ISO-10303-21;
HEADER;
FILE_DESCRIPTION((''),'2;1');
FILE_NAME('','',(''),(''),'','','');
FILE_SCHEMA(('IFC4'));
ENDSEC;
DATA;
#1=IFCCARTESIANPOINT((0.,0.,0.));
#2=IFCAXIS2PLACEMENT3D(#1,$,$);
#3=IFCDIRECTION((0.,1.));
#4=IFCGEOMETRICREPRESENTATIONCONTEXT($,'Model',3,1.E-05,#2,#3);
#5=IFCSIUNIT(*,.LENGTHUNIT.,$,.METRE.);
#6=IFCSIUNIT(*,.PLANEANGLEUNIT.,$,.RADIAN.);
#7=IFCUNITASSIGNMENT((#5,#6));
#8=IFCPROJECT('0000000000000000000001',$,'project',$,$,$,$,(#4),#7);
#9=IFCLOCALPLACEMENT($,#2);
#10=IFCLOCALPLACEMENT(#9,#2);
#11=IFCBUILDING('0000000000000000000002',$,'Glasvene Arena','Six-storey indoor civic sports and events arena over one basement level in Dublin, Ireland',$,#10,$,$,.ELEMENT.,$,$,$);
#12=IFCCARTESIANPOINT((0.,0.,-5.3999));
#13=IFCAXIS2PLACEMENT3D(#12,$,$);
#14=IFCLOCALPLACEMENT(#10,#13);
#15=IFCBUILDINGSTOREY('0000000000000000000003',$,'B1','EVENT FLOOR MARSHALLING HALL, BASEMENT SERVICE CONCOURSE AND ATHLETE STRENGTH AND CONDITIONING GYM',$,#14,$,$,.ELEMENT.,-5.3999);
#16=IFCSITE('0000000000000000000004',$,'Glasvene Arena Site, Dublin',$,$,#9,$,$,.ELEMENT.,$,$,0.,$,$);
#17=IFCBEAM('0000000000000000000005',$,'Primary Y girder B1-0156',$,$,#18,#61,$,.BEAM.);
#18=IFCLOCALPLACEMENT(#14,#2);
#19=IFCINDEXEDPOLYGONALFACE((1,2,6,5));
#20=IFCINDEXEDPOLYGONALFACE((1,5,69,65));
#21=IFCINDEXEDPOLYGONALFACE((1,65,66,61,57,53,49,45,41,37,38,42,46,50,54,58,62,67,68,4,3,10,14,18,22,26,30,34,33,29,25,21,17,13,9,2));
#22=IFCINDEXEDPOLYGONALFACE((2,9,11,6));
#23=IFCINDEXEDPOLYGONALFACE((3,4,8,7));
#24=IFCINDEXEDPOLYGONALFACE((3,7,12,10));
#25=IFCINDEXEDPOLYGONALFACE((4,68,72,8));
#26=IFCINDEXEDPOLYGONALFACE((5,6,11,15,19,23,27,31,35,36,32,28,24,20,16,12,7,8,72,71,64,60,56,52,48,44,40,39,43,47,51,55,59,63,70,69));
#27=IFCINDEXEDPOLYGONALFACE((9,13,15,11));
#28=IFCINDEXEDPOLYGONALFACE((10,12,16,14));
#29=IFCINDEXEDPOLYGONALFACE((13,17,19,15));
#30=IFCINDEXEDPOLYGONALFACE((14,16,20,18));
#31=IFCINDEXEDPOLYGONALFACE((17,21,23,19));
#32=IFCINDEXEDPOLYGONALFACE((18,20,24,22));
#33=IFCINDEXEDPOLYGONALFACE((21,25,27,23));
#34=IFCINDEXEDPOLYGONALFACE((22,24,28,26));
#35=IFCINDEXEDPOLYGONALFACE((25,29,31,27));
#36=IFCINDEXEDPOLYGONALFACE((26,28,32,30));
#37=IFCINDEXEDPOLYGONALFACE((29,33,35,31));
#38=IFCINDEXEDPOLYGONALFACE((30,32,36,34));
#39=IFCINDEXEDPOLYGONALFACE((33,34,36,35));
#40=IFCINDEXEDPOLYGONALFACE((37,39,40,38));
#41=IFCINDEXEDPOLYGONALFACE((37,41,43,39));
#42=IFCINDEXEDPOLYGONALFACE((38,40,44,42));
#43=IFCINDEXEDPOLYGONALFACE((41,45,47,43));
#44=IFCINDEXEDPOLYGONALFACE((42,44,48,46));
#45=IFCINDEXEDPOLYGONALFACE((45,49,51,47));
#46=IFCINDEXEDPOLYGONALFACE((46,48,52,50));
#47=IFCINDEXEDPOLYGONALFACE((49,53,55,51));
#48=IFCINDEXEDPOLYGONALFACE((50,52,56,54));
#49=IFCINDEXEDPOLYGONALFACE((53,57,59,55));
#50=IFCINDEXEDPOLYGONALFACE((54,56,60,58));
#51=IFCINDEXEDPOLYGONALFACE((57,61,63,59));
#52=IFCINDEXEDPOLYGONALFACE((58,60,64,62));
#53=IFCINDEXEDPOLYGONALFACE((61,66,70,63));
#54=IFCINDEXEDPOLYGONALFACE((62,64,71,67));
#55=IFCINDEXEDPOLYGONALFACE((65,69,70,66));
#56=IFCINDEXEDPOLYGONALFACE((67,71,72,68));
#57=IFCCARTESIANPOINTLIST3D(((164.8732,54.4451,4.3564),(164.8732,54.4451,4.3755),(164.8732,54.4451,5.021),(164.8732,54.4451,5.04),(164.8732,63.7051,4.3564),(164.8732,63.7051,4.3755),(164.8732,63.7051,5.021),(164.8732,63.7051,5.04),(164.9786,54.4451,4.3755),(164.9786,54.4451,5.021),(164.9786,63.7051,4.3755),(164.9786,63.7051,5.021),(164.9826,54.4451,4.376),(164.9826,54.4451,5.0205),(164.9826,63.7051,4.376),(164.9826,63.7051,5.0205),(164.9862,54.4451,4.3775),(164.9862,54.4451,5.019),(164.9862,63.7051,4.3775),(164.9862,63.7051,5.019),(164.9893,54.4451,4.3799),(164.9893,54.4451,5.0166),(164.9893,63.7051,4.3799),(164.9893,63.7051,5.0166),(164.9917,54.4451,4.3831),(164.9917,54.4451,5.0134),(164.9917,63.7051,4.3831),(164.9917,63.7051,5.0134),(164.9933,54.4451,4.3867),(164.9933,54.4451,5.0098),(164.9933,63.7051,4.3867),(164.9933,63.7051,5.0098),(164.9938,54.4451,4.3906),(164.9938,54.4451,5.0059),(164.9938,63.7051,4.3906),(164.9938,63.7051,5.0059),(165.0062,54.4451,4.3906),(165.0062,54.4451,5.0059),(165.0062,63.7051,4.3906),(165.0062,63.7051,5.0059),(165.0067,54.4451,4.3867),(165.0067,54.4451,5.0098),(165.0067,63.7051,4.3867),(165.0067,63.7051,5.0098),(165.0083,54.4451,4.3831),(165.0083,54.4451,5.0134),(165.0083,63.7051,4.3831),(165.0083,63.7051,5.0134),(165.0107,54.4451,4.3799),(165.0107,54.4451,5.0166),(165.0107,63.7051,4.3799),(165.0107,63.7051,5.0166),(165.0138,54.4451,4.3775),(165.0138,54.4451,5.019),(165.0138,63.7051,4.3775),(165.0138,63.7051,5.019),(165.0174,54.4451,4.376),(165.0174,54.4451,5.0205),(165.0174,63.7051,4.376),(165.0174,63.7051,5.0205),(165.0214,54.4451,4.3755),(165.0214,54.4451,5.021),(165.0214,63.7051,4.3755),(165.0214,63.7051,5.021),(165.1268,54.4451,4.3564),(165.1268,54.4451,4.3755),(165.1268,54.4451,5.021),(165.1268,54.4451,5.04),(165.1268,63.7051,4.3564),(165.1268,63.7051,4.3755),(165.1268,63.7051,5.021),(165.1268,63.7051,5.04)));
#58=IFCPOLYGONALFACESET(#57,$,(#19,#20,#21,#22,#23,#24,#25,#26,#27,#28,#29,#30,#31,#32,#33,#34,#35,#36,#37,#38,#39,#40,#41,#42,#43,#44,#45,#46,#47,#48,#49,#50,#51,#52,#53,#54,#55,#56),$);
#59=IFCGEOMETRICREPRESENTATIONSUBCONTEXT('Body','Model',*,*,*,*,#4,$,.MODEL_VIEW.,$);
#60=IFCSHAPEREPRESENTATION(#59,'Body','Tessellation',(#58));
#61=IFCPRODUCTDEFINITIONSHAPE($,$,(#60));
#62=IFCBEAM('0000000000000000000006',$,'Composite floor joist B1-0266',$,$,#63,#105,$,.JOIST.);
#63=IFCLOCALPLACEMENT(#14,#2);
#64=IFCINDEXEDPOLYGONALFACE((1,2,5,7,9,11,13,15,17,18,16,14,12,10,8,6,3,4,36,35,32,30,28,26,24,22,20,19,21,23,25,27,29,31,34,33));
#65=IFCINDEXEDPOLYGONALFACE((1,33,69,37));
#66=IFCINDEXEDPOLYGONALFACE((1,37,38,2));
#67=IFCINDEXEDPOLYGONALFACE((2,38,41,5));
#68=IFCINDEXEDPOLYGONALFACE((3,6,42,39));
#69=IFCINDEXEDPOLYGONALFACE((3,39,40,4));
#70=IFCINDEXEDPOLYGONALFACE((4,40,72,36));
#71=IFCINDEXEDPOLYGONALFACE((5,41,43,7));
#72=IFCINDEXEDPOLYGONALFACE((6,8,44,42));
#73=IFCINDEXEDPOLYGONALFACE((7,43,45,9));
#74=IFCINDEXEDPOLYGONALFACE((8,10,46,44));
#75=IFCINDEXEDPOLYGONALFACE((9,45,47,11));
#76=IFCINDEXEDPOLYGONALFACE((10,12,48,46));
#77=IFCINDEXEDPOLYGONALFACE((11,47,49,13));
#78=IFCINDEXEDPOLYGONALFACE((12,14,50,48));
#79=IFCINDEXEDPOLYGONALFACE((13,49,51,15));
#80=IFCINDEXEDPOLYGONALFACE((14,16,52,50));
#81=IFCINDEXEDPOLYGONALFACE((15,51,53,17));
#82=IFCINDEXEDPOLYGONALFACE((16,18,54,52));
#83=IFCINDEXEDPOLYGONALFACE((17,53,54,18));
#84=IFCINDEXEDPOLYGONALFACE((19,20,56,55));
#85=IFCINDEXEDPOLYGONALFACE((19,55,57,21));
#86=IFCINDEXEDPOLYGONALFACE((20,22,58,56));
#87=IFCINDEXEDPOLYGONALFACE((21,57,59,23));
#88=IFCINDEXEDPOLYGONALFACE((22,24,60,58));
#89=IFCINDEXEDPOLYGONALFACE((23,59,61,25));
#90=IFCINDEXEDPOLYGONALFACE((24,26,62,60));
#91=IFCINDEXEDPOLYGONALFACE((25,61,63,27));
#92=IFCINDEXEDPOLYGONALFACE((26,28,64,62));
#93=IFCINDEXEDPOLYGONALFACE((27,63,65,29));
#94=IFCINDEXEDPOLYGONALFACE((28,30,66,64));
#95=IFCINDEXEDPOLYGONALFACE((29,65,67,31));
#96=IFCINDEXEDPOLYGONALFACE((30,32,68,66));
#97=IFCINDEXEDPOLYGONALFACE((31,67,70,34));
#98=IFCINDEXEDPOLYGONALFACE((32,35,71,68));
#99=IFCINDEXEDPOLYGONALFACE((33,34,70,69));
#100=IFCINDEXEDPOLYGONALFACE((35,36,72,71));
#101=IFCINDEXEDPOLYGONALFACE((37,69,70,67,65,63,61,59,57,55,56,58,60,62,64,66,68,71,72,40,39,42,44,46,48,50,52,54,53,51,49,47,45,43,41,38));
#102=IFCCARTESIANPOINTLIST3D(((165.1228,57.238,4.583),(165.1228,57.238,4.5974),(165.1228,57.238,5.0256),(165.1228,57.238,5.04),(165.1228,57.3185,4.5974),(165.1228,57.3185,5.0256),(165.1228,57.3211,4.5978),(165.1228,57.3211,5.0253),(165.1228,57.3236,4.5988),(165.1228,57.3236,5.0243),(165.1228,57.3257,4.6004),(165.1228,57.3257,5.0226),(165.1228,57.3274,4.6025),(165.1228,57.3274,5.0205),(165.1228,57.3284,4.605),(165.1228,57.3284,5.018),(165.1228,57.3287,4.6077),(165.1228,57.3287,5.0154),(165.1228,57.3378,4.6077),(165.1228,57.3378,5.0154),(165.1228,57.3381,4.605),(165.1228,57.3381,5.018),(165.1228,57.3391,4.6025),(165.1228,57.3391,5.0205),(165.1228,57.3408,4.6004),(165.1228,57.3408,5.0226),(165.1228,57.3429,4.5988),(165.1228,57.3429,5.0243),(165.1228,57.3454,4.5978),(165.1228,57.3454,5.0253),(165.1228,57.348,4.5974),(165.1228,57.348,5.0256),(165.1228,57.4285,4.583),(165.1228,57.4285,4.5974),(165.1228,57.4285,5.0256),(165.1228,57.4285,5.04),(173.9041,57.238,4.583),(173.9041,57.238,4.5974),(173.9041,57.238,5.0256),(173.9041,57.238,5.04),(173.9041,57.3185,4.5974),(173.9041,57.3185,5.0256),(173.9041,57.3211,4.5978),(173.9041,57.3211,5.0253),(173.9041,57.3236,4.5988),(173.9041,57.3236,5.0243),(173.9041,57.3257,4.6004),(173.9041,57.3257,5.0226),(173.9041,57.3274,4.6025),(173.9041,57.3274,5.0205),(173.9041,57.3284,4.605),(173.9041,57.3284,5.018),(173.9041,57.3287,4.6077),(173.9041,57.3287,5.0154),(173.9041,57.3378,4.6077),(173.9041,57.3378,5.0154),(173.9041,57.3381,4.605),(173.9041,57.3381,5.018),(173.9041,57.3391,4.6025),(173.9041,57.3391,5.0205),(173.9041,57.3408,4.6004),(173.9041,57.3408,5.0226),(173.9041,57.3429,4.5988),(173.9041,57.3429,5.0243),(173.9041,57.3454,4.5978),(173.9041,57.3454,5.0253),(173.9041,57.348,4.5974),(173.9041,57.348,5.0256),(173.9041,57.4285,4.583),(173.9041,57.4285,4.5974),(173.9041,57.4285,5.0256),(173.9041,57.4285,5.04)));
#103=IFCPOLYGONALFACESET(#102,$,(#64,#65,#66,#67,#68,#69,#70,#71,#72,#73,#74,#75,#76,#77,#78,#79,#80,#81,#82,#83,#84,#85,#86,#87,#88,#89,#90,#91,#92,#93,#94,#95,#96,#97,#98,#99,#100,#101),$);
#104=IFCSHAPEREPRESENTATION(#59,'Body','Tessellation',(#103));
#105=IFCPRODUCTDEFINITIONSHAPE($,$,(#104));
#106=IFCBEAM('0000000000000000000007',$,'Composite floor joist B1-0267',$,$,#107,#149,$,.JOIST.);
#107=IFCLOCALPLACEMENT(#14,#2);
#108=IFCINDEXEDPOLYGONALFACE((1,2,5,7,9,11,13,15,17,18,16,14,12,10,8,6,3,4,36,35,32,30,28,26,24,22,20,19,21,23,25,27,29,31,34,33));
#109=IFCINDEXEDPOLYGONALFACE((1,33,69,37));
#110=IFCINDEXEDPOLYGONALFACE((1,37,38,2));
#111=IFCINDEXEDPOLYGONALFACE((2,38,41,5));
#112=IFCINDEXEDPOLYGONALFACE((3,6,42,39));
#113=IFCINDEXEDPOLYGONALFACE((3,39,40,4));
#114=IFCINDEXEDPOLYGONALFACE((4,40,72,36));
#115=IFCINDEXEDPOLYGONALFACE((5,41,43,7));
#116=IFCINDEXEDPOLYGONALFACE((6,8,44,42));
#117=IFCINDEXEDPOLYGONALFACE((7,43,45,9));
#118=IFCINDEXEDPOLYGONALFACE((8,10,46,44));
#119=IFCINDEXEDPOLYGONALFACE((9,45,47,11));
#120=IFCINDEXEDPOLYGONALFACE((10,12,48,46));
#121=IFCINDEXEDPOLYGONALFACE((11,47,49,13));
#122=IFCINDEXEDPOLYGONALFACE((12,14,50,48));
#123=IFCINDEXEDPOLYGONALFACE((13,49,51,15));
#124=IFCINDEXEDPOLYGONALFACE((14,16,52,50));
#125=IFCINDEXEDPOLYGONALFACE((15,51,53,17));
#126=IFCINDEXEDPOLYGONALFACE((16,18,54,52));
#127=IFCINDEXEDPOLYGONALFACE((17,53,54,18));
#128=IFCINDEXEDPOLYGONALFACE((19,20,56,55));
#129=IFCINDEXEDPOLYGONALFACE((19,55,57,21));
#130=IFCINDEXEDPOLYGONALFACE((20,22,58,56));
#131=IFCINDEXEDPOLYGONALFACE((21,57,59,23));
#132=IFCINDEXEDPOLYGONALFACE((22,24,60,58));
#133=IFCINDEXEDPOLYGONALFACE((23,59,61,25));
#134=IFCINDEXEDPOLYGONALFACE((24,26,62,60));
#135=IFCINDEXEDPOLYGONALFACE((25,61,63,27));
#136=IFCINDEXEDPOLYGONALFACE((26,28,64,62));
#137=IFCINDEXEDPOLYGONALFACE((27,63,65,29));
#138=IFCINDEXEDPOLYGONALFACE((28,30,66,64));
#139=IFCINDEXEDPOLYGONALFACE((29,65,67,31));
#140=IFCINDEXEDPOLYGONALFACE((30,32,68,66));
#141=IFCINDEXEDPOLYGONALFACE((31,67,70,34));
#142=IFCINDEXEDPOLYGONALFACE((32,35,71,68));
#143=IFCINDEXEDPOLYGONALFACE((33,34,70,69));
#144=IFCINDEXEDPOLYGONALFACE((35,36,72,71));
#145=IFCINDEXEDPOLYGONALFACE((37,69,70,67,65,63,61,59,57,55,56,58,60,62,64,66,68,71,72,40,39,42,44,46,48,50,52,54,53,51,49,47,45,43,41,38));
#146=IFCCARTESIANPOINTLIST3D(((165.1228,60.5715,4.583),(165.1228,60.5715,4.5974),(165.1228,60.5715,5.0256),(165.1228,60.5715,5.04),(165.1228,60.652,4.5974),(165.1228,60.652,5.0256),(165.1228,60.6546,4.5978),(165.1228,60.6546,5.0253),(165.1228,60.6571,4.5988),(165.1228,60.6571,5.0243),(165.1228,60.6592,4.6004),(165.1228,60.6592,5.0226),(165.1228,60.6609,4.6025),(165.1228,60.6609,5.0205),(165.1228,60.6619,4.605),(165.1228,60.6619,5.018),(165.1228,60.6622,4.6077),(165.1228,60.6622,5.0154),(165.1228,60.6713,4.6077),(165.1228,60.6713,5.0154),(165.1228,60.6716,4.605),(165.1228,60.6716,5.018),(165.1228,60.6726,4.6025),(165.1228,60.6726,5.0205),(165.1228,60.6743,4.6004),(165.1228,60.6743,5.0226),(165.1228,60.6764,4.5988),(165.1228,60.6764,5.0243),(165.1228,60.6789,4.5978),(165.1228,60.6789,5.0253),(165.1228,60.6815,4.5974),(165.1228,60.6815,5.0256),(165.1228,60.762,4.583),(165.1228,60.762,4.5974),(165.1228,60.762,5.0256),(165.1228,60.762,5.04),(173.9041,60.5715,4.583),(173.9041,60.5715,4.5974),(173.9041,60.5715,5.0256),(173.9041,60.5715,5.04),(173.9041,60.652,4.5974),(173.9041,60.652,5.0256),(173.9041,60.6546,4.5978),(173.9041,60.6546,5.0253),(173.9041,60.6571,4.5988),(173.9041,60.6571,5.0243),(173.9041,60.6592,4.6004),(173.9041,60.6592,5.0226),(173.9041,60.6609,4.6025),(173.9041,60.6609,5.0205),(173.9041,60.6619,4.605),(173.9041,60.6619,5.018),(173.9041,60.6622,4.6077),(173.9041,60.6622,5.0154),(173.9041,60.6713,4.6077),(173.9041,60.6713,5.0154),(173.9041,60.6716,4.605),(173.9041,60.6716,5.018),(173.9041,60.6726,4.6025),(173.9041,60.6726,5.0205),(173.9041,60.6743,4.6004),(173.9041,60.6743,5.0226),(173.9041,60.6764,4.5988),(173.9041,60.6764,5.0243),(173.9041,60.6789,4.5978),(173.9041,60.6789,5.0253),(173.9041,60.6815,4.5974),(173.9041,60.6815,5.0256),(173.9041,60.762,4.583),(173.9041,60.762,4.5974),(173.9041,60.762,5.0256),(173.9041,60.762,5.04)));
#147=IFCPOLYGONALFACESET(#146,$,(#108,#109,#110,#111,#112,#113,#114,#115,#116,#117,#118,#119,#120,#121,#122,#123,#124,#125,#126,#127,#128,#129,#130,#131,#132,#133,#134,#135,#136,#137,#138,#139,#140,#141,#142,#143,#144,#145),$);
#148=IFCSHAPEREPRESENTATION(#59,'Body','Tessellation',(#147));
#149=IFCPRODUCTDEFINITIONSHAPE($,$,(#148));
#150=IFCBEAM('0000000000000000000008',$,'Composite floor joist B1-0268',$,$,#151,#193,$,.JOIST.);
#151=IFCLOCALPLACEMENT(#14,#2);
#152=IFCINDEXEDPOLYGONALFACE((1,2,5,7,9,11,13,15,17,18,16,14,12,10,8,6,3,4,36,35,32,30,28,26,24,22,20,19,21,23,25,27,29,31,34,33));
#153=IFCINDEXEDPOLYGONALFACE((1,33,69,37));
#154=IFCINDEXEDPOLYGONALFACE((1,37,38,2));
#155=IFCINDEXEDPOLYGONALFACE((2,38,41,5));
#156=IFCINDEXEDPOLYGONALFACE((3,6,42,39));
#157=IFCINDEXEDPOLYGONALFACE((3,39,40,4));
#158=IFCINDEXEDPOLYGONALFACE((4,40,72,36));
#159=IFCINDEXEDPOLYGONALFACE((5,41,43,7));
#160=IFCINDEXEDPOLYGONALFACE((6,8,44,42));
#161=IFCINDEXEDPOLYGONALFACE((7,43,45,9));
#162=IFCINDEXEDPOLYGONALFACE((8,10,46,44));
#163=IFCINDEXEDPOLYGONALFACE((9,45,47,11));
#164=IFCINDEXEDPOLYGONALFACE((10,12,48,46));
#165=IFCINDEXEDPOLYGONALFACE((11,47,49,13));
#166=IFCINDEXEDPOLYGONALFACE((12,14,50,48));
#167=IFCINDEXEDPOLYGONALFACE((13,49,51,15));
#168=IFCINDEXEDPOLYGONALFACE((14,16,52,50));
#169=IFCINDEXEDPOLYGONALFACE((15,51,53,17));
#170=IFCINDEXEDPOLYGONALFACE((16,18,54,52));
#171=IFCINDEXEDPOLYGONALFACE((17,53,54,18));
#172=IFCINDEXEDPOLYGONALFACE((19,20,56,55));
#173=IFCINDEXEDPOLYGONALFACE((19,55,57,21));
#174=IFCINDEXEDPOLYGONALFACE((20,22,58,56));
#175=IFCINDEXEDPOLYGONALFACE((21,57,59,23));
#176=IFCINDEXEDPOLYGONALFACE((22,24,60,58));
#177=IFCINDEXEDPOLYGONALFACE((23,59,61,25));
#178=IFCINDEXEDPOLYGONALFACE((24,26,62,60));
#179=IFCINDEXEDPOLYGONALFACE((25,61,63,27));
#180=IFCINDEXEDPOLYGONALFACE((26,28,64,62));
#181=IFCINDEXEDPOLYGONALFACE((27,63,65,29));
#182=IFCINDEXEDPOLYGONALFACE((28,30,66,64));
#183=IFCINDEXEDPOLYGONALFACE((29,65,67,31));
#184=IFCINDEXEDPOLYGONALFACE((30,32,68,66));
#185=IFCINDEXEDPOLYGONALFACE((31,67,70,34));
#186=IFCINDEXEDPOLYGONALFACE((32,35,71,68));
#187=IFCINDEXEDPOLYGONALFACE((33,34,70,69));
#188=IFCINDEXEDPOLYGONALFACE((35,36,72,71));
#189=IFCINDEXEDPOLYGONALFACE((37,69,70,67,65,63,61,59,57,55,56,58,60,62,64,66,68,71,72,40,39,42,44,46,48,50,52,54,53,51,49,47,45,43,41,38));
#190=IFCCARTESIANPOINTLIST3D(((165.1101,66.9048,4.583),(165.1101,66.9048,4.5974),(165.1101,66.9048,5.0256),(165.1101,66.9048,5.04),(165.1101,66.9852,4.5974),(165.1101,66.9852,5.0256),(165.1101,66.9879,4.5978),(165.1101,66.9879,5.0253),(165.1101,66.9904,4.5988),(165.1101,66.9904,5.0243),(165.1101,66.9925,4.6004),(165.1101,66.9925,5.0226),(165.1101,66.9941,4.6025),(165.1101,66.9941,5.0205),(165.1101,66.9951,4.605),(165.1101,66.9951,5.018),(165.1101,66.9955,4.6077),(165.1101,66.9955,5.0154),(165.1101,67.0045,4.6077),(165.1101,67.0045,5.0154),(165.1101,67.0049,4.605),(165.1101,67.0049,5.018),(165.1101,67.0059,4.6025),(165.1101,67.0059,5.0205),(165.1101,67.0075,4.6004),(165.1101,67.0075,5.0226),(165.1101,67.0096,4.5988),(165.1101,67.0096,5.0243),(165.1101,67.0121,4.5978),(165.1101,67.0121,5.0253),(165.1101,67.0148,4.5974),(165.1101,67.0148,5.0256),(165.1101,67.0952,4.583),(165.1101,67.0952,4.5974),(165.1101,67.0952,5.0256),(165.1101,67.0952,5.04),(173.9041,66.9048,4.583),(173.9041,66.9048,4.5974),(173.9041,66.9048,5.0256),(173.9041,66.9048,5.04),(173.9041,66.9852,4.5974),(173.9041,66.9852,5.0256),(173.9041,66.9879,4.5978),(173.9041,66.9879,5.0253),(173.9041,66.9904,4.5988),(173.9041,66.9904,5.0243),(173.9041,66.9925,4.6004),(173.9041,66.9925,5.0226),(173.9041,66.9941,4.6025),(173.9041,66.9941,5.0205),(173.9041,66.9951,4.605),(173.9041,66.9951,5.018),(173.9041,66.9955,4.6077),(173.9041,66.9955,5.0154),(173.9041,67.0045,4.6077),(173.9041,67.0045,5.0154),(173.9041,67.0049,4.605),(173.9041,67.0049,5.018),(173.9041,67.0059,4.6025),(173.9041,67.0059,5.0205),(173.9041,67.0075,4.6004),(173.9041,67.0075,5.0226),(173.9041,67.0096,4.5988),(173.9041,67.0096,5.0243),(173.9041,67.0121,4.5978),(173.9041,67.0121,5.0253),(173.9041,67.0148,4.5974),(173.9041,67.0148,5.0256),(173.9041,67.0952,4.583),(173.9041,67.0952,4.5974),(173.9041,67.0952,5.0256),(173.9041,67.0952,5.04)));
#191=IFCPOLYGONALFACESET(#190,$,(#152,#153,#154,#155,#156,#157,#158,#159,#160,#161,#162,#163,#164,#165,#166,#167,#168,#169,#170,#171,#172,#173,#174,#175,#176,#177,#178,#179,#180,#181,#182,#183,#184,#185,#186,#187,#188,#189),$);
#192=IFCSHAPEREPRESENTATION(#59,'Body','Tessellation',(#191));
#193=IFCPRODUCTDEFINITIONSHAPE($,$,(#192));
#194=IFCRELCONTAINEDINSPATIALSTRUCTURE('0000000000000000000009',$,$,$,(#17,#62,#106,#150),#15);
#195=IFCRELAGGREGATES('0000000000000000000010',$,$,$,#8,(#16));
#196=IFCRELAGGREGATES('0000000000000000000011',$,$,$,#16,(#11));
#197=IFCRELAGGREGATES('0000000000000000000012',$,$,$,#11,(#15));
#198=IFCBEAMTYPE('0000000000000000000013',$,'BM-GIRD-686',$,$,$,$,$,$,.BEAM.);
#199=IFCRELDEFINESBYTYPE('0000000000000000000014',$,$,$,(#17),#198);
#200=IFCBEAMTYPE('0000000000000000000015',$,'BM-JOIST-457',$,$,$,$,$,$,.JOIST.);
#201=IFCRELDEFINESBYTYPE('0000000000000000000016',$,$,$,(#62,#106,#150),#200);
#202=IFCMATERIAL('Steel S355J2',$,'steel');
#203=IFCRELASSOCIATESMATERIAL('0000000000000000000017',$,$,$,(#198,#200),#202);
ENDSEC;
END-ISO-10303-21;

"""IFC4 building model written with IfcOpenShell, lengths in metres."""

from ifc_helpers import new_model, si_unit, direction, frame, origin, origin_2d, place, context, subcontext, project, spatial, i_section, extrude, material, material_profile, profile_set, type_object, element, save


model = new_model("IFC4")

# Units and contexts
model_context = context("Model", 3, precision=1e-05, world=origin(), true_north=direction((0.0, 1.0)))
body_context = subcontext(model_context, "Body", "Model", "MODEL_VIEW")
ifc_project = project(units=[si_unit("LENGTHUNIT", "METRE"), si_unit("PLANEANGLEUNIT", "RADIAN")], contexts=[model_context])

# Site, building, storey
site_placement = place(None, origin())
site = spatial("IfcSite", under=ifc_project, at=site_placement, Name="Glasvene Arena Site, Dublin", CompositionType="ELEMENT", RefElevation=0.0)
building_placement = place(site_placement, origin())
building = spatial("IfcBuilding", under=site, at=building_placement, Name="Glasvene Arena", Description="Six-storey indoor civic sports and events arena over one basement level in Dublin, Ireland", CompositionType="ELEMENT")
storey_placement = place(building_placement, frame((0.0, 0.0, -5.3999)))
storey = spatial("IfcBuildingStorey", under=building, at=storey_placement, Name="B1", Description="EVENT FLOOR MARSHALLING HALL, BASEMENT SERVICE CONCOURSE AND ATHLETE STRENGTH AND CONDITIONING GYM", CompositionType="ELEMENT", Elevation=-5.3999)

# Beams
ifc_material_1 = material(Name="Steel S355J2", Category="steel")
ifc_material_profile_1 = material_profile(ifc_material_1, i_section(OverallWidth=0.2537, OverallDepth=0.6836, WebThickness=0.0125, FlangeThickness=0.019, FilletRadius=0.0151, at=origin_2d()), Name="UKB 686x254x140")
ifc_profile_set_1 = profile_set([ifc_material_profile_1], Name="Steel S355J2")
beam_type_1 = type_object("IfcBeamType", Name="BM-GIRD-686", PredefinedType="BEAM", material=ifc_profile_set_1)
beam_1_placement = place(storey_placement, frame((165.0, 54.4451, 4.6982), z_axis=(0.0, 1.0, 0.0), x_axis=(-1.0, 0.0, 0.0)))
element("IfcBeam", 1, at=beam_1_placement, inside=storey, type_object=beam_type_1, Name="Primary Y girder B1-0156", PredefinedType="BEAM", context=body_context, shape_type="SweptSolid", body=[
    extrude(i_section(OverallWidth=0.2537, OverallDepth=0.6836, WebThickness=0.0125, FlangeThickness=0.019, FilletRadius=0.0151, at=origin_2d()), origin(), (0.0, 0.0, 1.0), 9.26),
])
ifc_material_profile_2 = material_profile(ifc_material_1, i_section(OverallWidth=0.1904, OverallDepth=0.457, WebThickness=0.009, FlangeThickness=0.0144, FilletRadius=0.0103, at=origin_2d()), Name="UKB 457x191x74")
ifc_profile_set_2 = profile_set([ifc_material_profile_2], Name="Steel S355J2")
beam_type_2 = type_object("IfcBeamType", Name="BM-JOIST-457", PredefinedType="JOIST", material=ifc_profile_set_2)
for number, where, z_axis, x_axis, name in (
    (2, (165.1228, 57.3333, 4.8115), (1.0, 0.0, 0.0), (0.0, 1.0, 0.0), "Composite floor joist B1-0266"),
    (3, (165.1228, 60.6667, 4.8115), (1.0, 0.0, 0.0), (0.0, 1.0, 0.0), "Composite floor joist B1-0267"),
):
    element("IfcBeam", number, at=place(storey_placement, frame(where, z_axis=z_axis, x_axis=x_axis)), inside=storey, type_object=beam_type_2, Name=name, PredefinedType="JOIST", context=body_context, shape_type="SweptSolid", body=[
        extrude(i_section(OverallWidth=0.1904, OverallDepth=0.457, WebThickness=0.009, FlangeThickness=0.0144, FilletRadius=0.0103, at=origin_2d()), origin(), (0.0, 0.0, 1.0), 8.7812),
    ])
beam_2_placement = place(storey_placement, frame((165.1101, 67.0, 4.8115), z_axis=(1.0, 0.0, 0.0), x_axis=(0.0, 1.0, 0.0)))
element("IfcBeam", 4, at=beam_2_placement, inside=storey, type_object=beam_type_2, Name="Composite floor joist B1-0268", PredefinedType="JOIST", context=body_context, shape_type="SweptSolid", body=[
    extrude(i_section(OverallWidth=0.1904, OverallDepth=0.457, WebThickness=0.009, FlangeThickness=0.0144, FilletRadius=0.0103, at=origin_2d()), origin(), (0.0, 0.0, 1.0), 8.7939),
])

save(model, "model.ifc")
